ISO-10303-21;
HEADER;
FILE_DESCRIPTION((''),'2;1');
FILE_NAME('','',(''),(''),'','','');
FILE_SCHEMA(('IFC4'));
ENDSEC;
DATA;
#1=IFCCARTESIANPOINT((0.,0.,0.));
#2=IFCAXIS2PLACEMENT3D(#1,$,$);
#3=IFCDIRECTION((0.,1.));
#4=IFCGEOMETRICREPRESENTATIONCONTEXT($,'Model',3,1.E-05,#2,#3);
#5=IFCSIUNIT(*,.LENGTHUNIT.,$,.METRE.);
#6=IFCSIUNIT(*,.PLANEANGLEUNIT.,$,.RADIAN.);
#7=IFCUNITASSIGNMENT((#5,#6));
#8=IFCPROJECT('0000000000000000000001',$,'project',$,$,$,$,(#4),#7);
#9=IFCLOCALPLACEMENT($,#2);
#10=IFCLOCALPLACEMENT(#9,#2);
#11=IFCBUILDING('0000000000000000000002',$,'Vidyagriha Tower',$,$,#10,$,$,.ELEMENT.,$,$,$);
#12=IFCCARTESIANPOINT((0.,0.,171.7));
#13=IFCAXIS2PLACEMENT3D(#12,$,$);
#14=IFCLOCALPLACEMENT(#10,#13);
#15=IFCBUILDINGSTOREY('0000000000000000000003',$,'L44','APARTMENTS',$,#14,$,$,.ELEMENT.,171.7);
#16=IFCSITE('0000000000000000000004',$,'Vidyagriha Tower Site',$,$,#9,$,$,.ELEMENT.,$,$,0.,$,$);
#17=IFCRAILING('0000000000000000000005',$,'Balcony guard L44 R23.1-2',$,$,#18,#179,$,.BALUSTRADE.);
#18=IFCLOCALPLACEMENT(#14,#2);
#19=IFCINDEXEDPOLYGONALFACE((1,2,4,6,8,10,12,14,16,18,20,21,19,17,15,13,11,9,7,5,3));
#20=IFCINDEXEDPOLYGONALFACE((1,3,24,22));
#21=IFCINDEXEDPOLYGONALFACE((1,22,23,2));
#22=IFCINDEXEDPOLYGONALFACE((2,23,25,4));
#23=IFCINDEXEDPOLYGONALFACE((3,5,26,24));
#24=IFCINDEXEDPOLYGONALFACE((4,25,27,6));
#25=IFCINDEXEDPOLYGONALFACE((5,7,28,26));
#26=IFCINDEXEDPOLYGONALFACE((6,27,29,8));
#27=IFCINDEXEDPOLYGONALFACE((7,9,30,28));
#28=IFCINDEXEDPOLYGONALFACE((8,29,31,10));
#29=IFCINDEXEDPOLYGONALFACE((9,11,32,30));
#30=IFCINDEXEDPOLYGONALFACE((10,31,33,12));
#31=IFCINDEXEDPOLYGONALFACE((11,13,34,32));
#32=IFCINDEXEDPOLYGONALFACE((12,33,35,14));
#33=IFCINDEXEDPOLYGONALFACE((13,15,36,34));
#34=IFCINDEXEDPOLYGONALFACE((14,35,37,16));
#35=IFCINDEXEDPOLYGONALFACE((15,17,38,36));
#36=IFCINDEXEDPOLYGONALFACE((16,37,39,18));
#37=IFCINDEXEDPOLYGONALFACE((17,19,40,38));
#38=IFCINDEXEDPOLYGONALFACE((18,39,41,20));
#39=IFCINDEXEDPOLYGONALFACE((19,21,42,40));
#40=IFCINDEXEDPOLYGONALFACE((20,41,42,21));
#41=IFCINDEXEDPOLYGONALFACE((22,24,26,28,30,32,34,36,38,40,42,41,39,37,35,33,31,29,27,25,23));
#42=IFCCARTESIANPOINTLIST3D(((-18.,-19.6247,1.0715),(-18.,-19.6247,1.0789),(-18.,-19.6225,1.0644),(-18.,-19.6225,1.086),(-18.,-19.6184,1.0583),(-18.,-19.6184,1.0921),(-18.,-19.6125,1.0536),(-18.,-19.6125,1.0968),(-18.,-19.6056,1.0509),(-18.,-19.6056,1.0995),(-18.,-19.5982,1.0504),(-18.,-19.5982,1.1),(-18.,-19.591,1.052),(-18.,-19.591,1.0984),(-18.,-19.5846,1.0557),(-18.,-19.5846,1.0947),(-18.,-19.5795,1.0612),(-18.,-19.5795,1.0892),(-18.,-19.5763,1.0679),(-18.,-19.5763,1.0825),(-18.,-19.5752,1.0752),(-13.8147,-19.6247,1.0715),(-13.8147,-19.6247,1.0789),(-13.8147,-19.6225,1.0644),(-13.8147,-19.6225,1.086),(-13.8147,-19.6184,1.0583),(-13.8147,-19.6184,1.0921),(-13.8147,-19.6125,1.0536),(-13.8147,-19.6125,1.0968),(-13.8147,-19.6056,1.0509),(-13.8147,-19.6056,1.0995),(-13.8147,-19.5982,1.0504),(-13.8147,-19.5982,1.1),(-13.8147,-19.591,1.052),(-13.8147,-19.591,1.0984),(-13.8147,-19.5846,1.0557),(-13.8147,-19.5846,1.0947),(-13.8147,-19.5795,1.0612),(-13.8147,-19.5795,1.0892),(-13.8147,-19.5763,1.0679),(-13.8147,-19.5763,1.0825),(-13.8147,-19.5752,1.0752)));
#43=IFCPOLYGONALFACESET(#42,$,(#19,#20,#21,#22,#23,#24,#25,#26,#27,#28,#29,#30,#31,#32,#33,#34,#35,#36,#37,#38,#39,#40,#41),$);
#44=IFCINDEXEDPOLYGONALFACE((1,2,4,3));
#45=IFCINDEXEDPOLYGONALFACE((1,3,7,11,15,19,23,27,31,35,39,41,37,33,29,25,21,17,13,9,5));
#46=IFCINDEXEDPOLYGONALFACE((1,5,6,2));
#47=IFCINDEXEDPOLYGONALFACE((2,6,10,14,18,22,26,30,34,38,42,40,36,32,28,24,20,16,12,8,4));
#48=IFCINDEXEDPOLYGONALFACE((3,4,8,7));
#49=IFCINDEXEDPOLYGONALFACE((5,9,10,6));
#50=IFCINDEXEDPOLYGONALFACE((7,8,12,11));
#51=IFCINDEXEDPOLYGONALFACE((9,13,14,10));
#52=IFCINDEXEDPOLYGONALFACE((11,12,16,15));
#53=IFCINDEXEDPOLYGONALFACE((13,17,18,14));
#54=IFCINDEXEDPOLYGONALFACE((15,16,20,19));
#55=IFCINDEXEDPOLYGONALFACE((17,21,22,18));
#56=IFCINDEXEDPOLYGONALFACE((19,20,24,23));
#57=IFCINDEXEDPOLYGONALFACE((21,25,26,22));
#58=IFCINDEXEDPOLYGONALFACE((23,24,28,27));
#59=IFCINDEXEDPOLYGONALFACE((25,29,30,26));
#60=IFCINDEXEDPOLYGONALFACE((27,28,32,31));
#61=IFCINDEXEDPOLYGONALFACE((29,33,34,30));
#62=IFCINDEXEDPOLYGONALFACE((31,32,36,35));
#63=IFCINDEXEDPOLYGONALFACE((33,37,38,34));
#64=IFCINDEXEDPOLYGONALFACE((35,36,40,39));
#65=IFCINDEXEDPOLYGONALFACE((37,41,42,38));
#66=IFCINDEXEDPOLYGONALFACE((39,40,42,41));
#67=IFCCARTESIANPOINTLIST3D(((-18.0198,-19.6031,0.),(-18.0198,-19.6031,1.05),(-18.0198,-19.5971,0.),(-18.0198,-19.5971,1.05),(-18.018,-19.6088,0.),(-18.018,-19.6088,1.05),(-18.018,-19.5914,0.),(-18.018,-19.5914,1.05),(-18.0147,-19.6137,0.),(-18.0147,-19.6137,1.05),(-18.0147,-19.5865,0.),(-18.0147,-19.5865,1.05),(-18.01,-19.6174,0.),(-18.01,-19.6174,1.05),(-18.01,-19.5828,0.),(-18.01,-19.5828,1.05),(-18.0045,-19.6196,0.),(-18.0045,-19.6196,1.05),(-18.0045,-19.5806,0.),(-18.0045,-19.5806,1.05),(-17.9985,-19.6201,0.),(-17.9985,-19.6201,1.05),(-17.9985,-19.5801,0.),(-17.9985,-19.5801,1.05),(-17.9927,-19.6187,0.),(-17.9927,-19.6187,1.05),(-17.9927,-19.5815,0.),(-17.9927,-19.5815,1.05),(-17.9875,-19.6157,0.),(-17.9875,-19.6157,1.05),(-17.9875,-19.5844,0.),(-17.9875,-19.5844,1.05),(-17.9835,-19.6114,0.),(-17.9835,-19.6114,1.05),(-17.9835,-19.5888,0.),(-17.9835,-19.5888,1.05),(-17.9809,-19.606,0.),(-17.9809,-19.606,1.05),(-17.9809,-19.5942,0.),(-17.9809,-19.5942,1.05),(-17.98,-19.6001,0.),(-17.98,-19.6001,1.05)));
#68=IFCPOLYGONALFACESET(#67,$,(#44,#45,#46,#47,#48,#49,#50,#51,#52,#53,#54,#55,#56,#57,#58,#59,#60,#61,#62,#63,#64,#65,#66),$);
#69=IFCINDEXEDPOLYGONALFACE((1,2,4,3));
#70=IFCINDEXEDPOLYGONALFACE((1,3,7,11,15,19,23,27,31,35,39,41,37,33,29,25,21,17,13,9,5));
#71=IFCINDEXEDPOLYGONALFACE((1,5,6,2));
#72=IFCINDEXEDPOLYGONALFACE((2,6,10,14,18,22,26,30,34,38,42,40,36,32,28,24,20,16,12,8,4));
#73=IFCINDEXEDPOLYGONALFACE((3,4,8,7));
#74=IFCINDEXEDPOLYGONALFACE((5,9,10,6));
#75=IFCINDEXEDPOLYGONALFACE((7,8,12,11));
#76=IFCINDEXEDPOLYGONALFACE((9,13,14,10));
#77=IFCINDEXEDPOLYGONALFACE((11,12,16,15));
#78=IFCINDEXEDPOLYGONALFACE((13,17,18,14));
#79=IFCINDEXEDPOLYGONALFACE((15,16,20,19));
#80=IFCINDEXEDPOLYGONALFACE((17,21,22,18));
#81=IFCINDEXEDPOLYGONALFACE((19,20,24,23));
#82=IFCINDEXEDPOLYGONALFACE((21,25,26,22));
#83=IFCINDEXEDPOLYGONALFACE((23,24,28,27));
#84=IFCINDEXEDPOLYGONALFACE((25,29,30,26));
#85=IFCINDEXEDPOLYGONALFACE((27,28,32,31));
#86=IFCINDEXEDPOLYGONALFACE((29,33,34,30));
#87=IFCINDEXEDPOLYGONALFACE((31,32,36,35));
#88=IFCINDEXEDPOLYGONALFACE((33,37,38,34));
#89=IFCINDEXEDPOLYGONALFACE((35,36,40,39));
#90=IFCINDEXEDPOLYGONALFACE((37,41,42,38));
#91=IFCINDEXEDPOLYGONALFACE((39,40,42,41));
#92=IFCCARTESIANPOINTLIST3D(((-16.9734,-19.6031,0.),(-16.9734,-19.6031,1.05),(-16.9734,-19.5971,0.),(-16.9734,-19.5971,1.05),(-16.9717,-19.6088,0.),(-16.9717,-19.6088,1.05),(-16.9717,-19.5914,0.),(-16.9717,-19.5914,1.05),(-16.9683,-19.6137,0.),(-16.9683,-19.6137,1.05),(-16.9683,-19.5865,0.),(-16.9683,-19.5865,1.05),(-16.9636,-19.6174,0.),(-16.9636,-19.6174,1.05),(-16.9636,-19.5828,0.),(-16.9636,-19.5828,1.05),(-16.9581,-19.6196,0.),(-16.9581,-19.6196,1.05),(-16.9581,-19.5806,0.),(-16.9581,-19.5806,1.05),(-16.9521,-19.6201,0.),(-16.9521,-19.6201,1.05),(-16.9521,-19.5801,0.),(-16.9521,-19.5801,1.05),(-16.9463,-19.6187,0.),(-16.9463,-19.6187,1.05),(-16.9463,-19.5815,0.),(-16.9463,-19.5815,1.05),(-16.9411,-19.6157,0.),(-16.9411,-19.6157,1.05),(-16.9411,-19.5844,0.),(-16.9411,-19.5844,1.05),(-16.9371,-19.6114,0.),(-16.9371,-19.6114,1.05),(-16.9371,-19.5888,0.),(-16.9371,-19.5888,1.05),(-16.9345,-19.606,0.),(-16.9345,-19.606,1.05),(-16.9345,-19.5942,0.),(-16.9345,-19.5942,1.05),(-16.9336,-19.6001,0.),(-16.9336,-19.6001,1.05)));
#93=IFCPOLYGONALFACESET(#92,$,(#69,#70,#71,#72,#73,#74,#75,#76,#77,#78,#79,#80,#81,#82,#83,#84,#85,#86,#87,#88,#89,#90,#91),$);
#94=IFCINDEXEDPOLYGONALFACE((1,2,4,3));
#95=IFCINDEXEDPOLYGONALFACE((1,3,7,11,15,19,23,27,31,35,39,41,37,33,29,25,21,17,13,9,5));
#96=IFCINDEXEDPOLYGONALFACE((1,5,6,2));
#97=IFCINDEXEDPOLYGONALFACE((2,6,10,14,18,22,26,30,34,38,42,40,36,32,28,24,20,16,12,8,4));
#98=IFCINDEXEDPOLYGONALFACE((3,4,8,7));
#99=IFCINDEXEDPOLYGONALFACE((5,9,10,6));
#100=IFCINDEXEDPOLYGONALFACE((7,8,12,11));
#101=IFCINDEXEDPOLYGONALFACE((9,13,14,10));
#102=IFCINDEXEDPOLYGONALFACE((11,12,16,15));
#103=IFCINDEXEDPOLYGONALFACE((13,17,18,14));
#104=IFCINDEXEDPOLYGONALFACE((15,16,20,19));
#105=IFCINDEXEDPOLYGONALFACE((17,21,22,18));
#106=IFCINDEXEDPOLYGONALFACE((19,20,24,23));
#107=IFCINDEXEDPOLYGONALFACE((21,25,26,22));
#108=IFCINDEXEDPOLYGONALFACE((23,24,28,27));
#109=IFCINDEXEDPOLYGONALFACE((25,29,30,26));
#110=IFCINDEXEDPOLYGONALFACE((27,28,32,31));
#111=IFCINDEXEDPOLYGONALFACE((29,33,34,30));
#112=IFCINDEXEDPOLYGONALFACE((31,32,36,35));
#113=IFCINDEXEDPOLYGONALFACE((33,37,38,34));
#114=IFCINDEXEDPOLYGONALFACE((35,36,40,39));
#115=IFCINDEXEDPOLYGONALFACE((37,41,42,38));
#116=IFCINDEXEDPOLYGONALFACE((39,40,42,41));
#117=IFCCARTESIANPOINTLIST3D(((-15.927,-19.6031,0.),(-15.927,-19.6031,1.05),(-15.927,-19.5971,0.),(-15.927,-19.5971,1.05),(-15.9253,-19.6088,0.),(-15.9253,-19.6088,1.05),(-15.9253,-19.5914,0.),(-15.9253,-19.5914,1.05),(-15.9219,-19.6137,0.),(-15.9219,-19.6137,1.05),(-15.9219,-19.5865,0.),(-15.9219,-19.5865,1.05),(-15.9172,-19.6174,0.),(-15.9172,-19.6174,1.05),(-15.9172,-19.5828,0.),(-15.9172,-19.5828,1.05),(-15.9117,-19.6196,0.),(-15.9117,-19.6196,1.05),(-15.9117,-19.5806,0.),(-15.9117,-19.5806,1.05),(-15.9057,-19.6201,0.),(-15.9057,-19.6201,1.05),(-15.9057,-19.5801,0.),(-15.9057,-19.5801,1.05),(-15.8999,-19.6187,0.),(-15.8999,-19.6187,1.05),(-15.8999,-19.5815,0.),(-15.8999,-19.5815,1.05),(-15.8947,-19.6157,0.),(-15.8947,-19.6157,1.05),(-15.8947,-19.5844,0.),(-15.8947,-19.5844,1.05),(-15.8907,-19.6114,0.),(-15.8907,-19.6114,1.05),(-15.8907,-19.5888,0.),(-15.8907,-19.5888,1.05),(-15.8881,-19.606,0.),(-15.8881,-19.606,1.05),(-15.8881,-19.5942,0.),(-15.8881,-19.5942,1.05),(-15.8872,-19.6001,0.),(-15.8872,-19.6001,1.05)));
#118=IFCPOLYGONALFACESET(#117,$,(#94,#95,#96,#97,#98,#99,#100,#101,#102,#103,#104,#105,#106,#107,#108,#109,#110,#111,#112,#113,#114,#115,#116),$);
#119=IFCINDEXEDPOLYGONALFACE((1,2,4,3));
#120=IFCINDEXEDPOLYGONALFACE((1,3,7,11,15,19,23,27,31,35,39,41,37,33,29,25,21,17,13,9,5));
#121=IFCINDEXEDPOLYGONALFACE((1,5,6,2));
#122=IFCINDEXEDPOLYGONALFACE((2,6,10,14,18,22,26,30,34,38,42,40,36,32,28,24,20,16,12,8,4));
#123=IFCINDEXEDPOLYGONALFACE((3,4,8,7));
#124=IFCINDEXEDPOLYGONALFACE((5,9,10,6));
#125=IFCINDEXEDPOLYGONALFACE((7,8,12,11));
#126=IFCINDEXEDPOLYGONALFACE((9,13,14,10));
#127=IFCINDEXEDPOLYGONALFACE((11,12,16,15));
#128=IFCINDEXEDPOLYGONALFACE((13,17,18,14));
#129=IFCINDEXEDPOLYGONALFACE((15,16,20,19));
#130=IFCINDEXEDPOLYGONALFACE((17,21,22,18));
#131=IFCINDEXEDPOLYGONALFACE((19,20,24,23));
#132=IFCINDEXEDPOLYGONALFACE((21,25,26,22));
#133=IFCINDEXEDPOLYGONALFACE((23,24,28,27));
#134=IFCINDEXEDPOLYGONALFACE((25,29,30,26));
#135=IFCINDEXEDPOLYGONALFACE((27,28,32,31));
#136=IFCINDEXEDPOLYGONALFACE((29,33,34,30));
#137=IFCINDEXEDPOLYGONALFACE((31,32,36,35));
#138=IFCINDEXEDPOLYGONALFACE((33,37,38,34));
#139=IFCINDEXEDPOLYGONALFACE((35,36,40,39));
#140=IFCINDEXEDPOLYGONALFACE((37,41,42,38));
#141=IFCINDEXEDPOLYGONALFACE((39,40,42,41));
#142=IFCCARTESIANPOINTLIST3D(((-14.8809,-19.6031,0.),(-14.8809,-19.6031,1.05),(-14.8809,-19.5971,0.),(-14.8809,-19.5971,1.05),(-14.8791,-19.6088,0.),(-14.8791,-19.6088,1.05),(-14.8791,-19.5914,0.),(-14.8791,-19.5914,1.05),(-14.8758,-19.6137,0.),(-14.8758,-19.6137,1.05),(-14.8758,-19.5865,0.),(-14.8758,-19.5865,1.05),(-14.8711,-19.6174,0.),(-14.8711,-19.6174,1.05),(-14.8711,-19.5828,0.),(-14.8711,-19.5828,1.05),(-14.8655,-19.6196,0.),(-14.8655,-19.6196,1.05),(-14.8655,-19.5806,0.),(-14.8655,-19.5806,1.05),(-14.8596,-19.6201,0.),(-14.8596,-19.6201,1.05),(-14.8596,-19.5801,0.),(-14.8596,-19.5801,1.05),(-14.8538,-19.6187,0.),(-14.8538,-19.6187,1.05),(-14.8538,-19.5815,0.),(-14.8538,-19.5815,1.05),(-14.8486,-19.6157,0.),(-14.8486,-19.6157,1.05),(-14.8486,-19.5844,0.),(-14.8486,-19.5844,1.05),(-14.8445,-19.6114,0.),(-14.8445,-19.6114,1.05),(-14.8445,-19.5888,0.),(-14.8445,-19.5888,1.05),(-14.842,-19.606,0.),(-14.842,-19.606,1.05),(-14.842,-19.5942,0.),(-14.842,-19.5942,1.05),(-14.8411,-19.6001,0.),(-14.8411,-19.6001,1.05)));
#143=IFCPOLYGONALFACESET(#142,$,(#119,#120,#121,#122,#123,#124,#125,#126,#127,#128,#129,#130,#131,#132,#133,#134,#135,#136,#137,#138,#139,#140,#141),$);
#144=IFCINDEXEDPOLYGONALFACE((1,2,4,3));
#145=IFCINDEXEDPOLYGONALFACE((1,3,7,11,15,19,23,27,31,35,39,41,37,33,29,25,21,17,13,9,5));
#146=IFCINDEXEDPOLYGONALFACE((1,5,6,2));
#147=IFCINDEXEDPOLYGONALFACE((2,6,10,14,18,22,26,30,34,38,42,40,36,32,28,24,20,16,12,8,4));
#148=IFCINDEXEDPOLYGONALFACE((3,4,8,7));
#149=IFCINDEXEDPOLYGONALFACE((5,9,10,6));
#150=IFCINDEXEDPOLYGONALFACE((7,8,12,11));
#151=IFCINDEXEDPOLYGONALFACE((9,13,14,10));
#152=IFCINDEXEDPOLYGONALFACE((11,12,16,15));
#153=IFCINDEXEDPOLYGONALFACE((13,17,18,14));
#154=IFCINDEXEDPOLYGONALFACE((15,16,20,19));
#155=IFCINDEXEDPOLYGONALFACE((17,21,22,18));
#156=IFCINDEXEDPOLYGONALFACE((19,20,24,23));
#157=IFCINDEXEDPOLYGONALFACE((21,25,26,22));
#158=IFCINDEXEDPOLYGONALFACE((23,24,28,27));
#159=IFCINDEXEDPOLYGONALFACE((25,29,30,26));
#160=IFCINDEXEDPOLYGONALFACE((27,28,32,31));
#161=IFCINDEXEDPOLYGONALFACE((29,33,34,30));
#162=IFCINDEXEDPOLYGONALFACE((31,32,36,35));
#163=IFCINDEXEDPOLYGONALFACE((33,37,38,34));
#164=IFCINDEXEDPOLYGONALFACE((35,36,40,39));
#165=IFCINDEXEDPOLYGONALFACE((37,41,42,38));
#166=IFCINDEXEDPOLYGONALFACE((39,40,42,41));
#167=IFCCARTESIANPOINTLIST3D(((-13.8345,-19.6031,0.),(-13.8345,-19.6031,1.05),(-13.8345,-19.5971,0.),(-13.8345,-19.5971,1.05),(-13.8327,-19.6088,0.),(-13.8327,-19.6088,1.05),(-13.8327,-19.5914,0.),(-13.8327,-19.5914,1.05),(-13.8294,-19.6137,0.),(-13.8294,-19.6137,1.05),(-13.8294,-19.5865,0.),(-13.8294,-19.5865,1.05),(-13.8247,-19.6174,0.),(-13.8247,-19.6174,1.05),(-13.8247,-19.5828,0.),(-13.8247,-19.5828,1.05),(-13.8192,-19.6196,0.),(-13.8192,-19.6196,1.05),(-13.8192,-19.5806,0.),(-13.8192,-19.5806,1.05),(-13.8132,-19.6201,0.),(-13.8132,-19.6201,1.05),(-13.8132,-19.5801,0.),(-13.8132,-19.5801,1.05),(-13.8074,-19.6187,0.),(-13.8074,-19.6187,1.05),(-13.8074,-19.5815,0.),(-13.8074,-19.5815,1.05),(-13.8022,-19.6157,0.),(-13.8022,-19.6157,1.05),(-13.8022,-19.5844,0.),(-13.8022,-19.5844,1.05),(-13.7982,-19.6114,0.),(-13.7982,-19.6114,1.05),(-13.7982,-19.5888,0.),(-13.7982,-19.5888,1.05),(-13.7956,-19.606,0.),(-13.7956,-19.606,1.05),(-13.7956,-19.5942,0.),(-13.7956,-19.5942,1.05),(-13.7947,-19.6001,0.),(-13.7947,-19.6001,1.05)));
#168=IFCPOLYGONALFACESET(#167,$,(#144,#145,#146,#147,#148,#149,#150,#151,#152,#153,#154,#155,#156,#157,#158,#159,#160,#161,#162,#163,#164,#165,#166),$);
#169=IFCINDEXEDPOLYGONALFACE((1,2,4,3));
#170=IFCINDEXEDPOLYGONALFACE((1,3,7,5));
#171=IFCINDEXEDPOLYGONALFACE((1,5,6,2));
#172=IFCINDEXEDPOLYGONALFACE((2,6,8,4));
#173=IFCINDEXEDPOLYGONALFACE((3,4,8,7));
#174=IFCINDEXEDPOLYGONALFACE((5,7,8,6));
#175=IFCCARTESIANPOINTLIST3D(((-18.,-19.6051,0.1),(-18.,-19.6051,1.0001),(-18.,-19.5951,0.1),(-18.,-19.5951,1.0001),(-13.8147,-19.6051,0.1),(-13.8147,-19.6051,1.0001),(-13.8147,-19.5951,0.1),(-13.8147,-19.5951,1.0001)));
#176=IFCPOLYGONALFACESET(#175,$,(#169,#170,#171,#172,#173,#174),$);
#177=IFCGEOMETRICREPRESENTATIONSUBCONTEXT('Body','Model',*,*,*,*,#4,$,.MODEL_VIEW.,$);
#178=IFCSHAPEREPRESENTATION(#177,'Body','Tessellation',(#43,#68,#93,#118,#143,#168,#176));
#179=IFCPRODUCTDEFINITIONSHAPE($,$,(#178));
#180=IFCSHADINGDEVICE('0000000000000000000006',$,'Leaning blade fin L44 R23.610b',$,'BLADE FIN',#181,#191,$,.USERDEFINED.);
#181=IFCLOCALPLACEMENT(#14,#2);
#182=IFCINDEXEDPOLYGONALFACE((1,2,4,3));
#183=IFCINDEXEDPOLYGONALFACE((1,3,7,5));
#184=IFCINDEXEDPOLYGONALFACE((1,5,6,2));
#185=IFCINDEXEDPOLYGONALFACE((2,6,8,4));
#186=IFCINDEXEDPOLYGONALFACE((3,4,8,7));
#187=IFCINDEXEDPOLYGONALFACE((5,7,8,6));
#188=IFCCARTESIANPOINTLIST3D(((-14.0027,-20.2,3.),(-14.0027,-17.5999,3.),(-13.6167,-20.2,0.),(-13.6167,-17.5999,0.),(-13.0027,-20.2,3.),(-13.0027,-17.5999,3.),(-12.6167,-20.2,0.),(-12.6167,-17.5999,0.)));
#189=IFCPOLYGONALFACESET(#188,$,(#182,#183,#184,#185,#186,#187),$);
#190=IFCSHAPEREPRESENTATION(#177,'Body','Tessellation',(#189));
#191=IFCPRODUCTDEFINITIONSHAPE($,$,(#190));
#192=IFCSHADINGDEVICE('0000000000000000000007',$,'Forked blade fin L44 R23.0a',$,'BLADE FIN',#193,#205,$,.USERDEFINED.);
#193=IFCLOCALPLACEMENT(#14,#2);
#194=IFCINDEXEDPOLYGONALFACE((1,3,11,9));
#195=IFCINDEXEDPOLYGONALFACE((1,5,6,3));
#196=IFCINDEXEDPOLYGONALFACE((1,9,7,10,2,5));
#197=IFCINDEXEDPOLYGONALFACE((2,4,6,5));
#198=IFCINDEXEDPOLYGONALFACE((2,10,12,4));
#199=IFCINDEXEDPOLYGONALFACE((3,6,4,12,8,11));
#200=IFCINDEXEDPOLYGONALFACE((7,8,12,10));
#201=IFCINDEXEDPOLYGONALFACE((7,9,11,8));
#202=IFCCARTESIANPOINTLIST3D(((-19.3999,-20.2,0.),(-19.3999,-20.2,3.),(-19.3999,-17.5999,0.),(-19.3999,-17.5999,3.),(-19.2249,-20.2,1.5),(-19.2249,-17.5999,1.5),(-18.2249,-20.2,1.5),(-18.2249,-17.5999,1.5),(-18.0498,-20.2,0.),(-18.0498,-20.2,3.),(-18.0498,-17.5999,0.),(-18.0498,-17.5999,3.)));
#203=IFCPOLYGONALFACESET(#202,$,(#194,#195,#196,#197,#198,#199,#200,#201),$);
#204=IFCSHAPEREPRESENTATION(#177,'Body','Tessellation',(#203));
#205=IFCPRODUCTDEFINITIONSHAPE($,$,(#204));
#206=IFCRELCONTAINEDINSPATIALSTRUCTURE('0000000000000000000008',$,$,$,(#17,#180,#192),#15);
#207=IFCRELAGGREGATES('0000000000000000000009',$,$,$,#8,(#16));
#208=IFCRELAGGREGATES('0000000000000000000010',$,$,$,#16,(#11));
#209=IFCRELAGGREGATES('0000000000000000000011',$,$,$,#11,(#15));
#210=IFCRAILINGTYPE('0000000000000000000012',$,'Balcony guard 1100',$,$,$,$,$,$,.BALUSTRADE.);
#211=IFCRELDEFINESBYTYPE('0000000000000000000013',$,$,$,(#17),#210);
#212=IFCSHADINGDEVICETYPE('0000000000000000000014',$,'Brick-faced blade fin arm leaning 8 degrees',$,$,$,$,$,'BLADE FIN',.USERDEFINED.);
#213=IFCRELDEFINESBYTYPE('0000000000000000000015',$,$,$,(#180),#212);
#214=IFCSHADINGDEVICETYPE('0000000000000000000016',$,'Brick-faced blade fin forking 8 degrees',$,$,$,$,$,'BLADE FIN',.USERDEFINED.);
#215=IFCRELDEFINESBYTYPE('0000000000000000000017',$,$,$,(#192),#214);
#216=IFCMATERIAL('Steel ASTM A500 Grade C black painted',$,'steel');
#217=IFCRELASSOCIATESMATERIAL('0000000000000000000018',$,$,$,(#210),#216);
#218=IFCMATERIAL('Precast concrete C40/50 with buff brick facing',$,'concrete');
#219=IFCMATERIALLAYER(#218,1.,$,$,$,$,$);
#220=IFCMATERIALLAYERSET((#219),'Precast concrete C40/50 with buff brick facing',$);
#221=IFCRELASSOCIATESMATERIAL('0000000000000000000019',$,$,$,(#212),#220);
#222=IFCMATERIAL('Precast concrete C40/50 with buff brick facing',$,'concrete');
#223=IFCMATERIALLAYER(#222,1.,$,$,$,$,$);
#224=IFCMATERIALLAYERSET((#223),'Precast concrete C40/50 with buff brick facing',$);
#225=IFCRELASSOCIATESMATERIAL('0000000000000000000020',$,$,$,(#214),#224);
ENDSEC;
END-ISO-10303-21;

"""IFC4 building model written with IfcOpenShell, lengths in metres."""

from ifc_helpers import new_model, si_unit, direction, frame, origin, origin_2d, place, context, subcontext, project, spatial, polyline, rectangle, circle, outline, extrude, material, layer, layer_set, type_object, element, save


model = new_model("IFC4")

# Units and contexts
model_context = context("Model", 3, precision=1e-05, world=origin(), true_north=direction((0.0, 1.0)))
body_context = subcontext(model_context, "Body", "Model", "MODEL_VIEW")
ifc_project = project(units=[si_unit("LENGTHUNIT", "METRE"), si_unit("PLANEANGLEUNIT", "RADIAN")], contexts=[model_context])

# Site, building, storey
site_placement = place(None, origin())
site = spatial("IfcSite", under=ifc_project, at=site_placement, Name="Vidyagriha Tower Site", CompositionType="ELEMENT", RefElevation=0.0)
building_placement = place(site_placement, origin())
building = spatial("IfcBuilding", under=site, at=building_placement, Name="Vidyagriha Tower", CompositionType="ELEMENT")
storey_placement = place(building_placement, frame((0.0, 0.0, 171.7)))
storey = spatial("IfcBuildingStorey", under=building, at=storey_placement, Name="L44", Description="APARTMENTS", CompositionType="ELEMENT", Elevation=171.7)

# Railing
ifc_material_1 = material(Name="Steel ASTM A500 Grade C black painted", Category="steel")
railing_type_1 = type_object("IfcRailingType", Name="Balcony guard 1100", PredefinedType="BALUSTRADE", material=ifc_material_1)
railing_1_placement = place(storey_placement, frame((-18.0, -19.6001, 0.0)))
element("IfcRailing", 1, at=railing_1_placement, inside=storey, type_object=railing_type_1, Name="Balcony guard L44 R23.1-2", PredefinedType="BALUSTRADE", context=body_context, shape_type="SweptSolid", body=[
    extrude(circle(Radius=0.0249, at=origin_2d()), frame((0.0, 0.0, 1.0752), z_axis=(1.0, 0.0, 0.0), x_axis=(0.0, 1.0, 0.0)), (0.0, 0.0, 1.0), 4.1853),
    extrude(circle(Radius=0.02, at=origin_2d()), origin(), (0.0, 0.0, 1.0), 1.05),
    extrude(circle(Radius=0.02, at=origin_2d()), frame((1.0464, 0.0, 0.0)), (0.0, 0.0, 1.0), 1.05),
    extrude(circle(Radius=0.02, at=origin_2d()), frame((2.0928, 0.0, 0.0)), (0.0, 0.0, 1.0), 1.05),
    extrude(circle(Radius=0.02, at=origin_2d()), frame((3.1389, 0.0, 0.0)), (0.0, 0.0, 1.0), 1.05),
    extrude(circle(Radius=0.02, at=origin_2d()), frame((4.1853, 0.0, 0.0)), (0.0, 0.0, 1.0), 1.05),
    extrude(rectangle(XDim=0.01, YDim=0.9001, at=origin_2d()), frame((0.0, 0.0, 0.55), z_axis=(1.0, 0.0, 0.0), x_axis=(0.0, 1.0, 0.0)), (0.0, 0.0, 1.0), 4.1853),
])

# Shading devices
ifc_material_2 = material(Name="Precast concrete C40/50 with buff brick facing", Category="concrete")
ifc_layer_1 = layer(ifc_material_2, 1.0)
ifc_layer_set_1 = layer_set([ifc_layer_1], Name="Precast concrete C40/50 with buff brick facing")
shading_device_type_1 = type_object("IfcShadingDeviceType", Name="Brick-faced blade fin arm leaning 8 degrees", ElementType="BLADE FIN", PredefinedType="USERDEFINED", material=ifc_layer_set_1)
shading_device_1_placement = place(storey_placement, frame((-14.0027, -18.8999, 0.0)))
element("IfcShadingDevice", 2, at=shading_device_1_placement, inside=storey, type_object=shading_device_type_1, Name="Leaning blade fin L44 R23.610b", ObjectType="BLADE FIN", PredefinedType="USERDEFINED", context=body_context, shape_type="SweptSolid", body=[
    extrude(outline(polyline([(0.386, 0.0), (1.386, 0.0), (1.0, 3.0), (0.0, 3.0), (0.386, 0.0)])), frame((0.0, 1.3, 0.0), z_axis=(0.0, -1.0, 0.0), x_axis=(1.0, 0.0, 0.0)), (0.0, 0.0, 1.0), 2.6001),
])
ifc_material_3 = material(Name="Precast concrete C40/50 with buff brick facing", Category="concrete")
ifc_layer_2 = layer(ifc_material_3, 1.0)
ifc_layer_set_2 = layer_set([ifc_layer_2], Name="Precast concrete C40/50 with buff brick facing")
shading_device_type_2 = type_object("IfcShadingDeviceType", Name="Brick-faced blade fin forking 8 degrees", ElementType="BLADE FIN", PredefinedType="USERDEFINED", material=ifc_layer_set_2)
shading_device_2_placement = place(storey_placement, frame((-19.3999, -18.8999, 0.0)))
element("IfcShadingDevice", 3, at=shading_device_2_placement, inside=storey, type_object=shading_device_type_2, Name="Forked blade fin L44 R23.0a", ObjectType="BLADE FIN", PredefinedType="USERDEFINED", context=body_context, shape_type="SweptSolid", body=[
    extrude(outline(polyline([(0.0, 0.0), (1.3501, 0.0), (1.175, 1.5), (1.3501, 3.0), (0.0, 3.0), (0.175, 1.5), (0.0, 0.0)])), frame((0.0, 1.3, 0.0), z_axis=(0.0, -1.0, 0.0), x_axis=(1.0, 0.0, 0.0)), (0.0, 0.0, 1.0), 2.6001),
])

save(model, "model.ifc")
